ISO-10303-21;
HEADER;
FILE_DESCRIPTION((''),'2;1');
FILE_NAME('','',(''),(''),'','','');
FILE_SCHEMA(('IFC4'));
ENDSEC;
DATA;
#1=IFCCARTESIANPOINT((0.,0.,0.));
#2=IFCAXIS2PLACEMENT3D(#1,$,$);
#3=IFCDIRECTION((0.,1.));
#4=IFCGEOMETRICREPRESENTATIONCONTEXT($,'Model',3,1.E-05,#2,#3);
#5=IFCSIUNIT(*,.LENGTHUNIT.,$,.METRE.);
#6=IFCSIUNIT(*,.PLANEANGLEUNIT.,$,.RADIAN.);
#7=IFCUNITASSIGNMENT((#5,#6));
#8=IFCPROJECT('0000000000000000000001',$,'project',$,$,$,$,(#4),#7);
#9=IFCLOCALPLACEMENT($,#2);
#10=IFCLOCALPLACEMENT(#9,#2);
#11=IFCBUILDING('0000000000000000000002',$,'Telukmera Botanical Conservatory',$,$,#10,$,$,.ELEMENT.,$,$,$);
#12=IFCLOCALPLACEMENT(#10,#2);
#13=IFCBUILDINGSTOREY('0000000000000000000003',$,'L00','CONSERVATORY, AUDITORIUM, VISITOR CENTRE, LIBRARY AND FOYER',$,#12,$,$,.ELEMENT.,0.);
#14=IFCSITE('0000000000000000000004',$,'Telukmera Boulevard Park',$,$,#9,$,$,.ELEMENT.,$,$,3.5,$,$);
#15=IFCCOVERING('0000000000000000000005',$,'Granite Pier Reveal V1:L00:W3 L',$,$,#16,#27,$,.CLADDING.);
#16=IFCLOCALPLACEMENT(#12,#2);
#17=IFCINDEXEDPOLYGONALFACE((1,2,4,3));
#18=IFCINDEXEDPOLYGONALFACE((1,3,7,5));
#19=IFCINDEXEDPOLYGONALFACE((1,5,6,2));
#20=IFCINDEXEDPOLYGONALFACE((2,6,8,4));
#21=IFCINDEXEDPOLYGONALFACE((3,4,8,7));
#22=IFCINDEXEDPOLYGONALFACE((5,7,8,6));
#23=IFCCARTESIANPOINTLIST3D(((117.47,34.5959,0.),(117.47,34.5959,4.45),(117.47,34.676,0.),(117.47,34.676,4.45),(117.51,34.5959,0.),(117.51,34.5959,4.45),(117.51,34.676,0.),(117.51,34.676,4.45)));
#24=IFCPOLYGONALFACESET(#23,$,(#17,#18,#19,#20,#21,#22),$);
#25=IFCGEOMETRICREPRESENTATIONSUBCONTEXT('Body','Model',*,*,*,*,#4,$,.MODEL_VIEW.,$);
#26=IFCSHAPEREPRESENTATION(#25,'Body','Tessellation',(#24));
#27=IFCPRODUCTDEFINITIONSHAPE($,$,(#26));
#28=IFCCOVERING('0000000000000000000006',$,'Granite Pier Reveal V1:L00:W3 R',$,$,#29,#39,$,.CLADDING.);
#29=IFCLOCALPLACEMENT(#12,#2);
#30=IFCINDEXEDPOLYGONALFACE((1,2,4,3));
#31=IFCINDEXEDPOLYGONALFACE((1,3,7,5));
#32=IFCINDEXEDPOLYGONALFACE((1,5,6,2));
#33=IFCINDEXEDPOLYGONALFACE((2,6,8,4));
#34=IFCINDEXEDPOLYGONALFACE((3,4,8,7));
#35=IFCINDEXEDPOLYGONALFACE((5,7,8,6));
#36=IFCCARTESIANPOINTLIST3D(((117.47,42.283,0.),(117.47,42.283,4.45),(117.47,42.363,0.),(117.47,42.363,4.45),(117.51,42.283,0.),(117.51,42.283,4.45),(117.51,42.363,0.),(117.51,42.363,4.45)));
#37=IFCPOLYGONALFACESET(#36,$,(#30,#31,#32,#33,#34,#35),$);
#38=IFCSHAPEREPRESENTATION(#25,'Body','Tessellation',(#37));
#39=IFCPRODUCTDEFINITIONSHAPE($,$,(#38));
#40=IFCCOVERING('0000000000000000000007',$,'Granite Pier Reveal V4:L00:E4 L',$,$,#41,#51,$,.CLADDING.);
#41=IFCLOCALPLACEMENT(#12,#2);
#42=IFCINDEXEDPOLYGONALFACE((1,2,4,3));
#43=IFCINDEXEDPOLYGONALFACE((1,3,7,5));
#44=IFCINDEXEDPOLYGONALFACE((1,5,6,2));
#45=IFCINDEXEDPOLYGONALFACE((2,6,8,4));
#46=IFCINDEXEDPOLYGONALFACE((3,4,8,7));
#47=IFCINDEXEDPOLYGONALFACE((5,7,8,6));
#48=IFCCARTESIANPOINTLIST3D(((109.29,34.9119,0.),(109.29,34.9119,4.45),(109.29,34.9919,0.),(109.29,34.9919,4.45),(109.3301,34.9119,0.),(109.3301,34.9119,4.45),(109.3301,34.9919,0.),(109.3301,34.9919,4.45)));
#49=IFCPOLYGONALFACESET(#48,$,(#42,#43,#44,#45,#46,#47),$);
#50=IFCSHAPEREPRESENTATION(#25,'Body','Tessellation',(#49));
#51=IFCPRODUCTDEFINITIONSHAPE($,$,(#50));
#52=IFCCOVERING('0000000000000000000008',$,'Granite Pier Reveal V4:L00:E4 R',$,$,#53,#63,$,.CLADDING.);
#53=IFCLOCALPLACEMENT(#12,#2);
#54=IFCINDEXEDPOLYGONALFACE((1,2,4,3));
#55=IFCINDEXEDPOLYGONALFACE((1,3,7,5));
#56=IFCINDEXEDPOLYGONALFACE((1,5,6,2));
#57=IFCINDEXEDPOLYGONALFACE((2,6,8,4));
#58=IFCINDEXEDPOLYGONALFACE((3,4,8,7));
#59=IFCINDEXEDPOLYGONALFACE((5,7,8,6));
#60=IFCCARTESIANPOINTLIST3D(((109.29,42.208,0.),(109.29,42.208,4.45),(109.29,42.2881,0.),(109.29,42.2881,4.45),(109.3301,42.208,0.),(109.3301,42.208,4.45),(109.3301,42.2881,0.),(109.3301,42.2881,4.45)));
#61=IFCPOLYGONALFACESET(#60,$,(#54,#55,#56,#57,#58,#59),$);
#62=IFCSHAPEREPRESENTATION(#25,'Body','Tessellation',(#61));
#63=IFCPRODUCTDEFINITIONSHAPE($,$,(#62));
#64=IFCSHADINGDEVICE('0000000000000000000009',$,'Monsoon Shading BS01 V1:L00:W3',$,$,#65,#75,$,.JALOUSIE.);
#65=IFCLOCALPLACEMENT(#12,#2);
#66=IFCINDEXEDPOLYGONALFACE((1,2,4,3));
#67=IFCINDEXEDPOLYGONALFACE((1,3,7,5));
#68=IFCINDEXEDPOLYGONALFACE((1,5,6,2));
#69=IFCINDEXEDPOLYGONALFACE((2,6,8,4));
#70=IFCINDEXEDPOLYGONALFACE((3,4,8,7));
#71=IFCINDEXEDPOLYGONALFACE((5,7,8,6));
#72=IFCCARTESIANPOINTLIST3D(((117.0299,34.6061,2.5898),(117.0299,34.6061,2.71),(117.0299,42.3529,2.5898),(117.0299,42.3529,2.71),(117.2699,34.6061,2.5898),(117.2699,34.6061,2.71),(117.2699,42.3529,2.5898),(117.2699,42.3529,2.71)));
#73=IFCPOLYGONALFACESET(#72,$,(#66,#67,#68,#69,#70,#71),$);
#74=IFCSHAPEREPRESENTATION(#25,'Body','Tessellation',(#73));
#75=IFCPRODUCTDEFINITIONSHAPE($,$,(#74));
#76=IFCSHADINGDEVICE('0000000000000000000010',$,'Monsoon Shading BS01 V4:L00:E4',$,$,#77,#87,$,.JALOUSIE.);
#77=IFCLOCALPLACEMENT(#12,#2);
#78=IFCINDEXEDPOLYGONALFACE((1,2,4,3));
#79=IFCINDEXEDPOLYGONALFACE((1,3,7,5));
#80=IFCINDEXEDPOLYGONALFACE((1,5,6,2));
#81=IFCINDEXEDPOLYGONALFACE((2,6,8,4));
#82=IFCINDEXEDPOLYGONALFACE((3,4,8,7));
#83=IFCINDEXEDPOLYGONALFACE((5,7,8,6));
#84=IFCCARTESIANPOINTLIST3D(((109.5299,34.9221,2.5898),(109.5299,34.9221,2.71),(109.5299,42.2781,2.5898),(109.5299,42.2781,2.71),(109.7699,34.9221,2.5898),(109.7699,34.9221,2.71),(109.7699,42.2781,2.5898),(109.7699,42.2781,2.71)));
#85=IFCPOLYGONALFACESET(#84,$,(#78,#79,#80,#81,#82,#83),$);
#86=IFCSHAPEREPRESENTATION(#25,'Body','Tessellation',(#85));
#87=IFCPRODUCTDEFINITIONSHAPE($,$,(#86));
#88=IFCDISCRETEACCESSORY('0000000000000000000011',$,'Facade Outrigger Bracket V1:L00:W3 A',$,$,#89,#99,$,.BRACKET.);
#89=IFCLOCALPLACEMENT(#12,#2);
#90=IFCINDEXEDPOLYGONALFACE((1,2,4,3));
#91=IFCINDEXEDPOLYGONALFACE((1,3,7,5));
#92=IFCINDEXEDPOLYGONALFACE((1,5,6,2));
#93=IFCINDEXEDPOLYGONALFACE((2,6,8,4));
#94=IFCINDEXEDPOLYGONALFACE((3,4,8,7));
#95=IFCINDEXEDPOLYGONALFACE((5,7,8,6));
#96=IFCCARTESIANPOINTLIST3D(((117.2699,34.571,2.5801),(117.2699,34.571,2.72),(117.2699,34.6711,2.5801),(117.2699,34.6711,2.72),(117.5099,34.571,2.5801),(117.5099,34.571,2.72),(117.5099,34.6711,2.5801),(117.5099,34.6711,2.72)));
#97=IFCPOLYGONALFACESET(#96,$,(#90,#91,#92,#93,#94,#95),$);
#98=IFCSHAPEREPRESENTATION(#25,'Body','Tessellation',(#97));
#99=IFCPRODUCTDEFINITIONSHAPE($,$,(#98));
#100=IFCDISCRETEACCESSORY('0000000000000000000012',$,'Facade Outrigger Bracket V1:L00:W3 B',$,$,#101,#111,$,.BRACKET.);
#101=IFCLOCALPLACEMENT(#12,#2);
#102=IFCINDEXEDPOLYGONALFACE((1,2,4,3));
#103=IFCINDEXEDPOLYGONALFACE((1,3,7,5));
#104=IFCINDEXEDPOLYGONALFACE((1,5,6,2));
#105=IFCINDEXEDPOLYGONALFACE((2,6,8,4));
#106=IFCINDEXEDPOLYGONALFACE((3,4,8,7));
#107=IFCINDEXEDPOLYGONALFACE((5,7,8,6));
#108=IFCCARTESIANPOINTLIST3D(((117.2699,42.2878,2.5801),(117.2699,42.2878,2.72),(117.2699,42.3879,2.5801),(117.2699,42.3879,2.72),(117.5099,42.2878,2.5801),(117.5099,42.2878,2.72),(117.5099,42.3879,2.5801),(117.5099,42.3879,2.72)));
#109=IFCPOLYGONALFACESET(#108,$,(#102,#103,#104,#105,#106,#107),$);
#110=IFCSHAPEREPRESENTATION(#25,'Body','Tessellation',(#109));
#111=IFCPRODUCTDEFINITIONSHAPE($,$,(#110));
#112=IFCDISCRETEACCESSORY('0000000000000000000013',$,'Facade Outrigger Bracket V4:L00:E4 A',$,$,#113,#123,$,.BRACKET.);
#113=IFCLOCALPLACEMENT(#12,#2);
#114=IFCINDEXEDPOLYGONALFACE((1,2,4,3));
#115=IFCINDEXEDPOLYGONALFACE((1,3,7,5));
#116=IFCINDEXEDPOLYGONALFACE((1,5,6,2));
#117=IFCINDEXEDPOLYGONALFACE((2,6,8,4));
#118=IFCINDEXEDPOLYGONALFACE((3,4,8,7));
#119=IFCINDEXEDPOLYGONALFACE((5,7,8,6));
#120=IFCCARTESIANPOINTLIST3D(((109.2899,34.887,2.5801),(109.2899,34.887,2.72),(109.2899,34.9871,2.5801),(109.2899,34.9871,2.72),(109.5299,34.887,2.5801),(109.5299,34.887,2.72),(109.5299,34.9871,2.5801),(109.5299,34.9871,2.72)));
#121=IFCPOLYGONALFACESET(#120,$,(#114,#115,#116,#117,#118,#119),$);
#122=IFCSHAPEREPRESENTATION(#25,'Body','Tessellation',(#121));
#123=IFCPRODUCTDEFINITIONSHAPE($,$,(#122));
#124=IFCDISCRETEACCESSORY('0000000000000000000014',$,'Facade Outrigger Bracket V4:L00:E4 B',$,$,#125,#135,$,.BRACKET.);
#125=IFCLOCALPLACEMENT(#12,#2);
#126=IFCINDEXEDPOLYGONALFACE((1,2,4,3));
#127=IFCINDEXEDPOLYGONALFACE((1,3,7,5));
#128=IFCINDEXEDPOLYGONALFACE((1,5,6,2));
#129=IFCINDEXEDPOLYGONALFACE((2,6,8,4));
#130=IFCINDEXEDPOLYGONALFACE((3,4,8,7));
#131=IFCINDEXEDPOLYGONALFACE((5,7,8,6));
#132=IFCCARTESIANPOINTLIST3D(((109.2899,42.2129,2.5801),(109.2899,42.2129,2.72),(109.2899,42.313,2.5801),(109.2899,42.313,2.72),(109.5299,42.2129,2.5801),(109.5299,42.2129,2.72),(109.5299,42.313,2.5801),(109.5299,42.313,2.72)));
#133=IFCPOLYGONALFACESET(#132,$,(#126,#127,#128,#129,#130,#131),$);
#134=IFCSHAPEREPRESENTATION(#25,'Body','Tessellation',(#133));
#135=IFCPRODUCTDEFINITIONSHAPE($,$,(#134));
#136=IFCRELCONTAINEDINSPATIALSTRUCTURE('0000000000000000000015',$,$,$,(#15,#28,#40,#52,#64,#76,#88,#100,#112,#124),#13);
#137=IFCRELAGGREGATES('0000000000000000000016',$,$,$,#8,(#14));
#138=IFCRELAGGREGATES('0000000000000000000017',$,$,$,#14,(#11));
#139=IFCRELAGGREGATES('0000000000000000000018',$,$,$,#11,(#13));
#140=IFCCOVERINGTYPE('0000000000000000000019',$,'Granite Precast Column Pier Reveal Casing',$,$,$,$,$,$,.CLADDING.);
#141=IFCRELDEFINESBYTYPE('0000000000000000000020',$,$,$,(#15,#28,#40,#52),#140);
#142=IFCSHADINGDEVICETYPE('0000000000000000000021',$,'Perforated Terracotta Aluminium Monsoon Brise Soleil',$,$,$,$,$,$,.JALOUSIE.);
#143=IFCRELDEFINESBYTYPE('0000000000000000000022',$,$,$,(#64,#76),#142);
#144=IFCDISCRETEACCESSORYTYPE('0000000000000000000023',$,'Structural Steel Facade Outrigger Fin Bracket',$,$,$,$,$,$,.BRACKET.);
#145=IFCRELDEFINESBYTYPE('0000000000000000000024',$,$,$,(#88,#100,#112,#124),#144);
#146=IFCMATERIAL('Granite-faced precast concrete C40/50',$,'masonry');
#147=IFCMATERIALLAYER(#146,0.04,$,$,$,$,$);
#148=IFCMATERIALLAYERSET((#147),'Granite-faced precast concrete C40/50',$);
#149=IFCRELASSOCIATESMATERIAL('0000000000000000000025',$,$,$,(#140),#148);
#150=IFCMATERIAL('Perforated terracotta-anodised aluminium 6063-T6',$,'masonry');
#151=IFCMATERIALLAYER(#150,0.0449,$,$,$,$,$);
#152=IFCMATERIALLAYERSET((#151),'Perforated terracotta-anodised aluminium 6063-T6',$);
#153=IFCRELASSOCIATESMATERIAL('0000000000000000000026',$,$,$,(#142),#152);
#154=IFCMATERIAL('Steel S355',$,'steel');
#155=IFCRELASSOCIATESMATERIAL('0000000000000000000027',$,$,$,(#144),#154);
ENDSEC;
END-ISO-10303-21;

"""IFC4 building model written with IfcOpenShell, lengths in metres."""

from ifc_helpers import new_model, si_unit, direction, frame, origin, origin_2d, place, context, subcontext, project, spatial, rectangle, extrude, material, layer, layer_set, type_object, element, save


model = new_model("IFC4")

# Units and contexts
model_context = context("Model", 3, precision=1e-05, world=origin(), true_north=direction((0.0, 1.0)))
body_context = subcontext(model_context, "Body", "Model", "MODEL_VIEW")
ifc_project = project(units=[si_unit("LENGTHUNIT", "METRE"), si_unit("PLANEANGLEUNIT", "RADIAN")], contexts=[model_context])

# Site, building, storey
site_placement = place(None, origin())
site = spatial("IfcSite", under=ifc_project, at=site_placement, Name="Telukmera Boulevard Park", CompositionType="ELEMENT", RefElevation=3.5)
building_placement = place(site_placement, origin())
building = spatial("IfcBuilding", under=site, at=building_placement, Name="Telukmera Botanical Conservatory", CompositionType="ELEMENT")
storey_placement = place(building_placement, origin())
storey = spatial("IfcBuildingStorey", under=building, at=storey_placement, Name="L00", Description="CONSERVATORY, AUDITORIUM, VISITOR CENTRE, LIBRARY AND FOYER", CompositionType="ELEMENT", Elevation=0.0)

# Coverings
ifc_material_1 = material(Name="Granite-faced precast concrete C40/50", Category="masonry")
ifc_layer_1 = layer(ifc_material_1, 0.04)
ifc_layer_set_1 = layer_set([ifc_layer_1], Name="Granite-faced precast concrete C40/50")
covering_type = type_object("IfcCoveringType", Name="Granite Precast Column Pier Reveal Casing", PredefinedType="CLADDING", material=ifc_layer_set_1)
for number, where, z_axis, x_axis, name in (
    (1, (117.49, 34.636, 0.0), (0.0, 0.0, 1.0), (0.0, 1.0, 0.0), "Granite Pier Reveal V1:L00:W3 L"),
    (2, (117.49, 42.323, 0.0), (0.0, 0.0, 1.0), (0.0, 1.0, 0.0), "Granite Pier Reveal V1:L00:W3 R"),
    (3, (109.3101, 34.9519, 0.0), (0.0, 0.0, 1.0), (0.0, 1.0, 0.0), "Granite Pier Reveal V4:L00:E4 L"),
    (4, (109.3101, 42.248, 0.0), (0.0, 0.0, 1.0), (0.0, 1.0, 0.0), "Granite Pier Reveal V4:L00:E4 R"),
):
    element("IfcCovering", number, at=place(storey_placement, frame(where, z_axis=z_axis, x_axis=x_axis)), inside=storey, type_object=covering_type, Name=name, PredefinedType="CLADDING", context=body_context, shape_type="SweptSolid", body=[
        extrude(rectangle(XDim=0.0801, YDim=0.04, at=origin_2d()), origin(), (0.0, 0.0, 1.0), 4.45),
    ])

# Shading devices
ifc_material_2 = material(Name="Perforated terracotta-anodised aluminium 6063-T6", Category="masonry")
ifc_layer_2 = layer(ifc_material_2, 0.0449)
ifc_layer_set_2 = layer_set([ifc_layer_2], Name="Perforated terracotta-anodised aluminium 6063-T6")
shading_device_type = type_object("IfcShadingDeviceType", Name="Perforated Terracotta Aluminium Monsoon Brise Soleil", PredefinedType="JALOUSIE", material=ifc_layer_set_2)
shading_device_1_placement = place(storey_placement, frame((117.1499, 38.4795, 2.5898), z_axis=(0.0, 0.0, 1.0), x_axis=(0.0, 1.0, 0.0)))
element("IfcShadingDevice", 5, at=shading_device_1_placement, inside=storey, type_object=shading_device_type, Name="Monsoon Shading BS01 V1:L00:W3", PredefinedType="JALOUSIE", context=body_context, shape_type="SweptSolid", body=[
    extrude(rectangle(XDim=7.7468, YDim=0.24, at=origin_2d()), origin(), (0.0, 0.0, 1.0), 0.1201),
])
shading_device_2_placement = place(storey_placement, frame((109.6499, 38.6001, 2.5898), z_axis=(0.0, 0.0, 1.0), x_axis=(0.0, 1.0, 0.0)))
element("IfcShadingDevice", 6, at=shading_device_2_placement, inside=storey, type_object=shading_device_type, Name="Monsoon Shading BS01 V4:L00:E4", PredefinedType="JALOUSIE", context=body_context, shape_type="SweptSolid", body=[
    extrude(rectangle(XDim=7.356, YDim=0.24, at=origin_2d()), origin(), (0.0, 0.0, 1.0), 0.1201),
])

# Discrete accessories
ifc_material_3 = material(Name="Steel S355", Category="steel")
discrete_accessory_type = type_object("IfcDiscreteAccessoryType", Name="Structural Steel Facade Outrigger Fin Bracket", PredefinedType="BRACKET", material=ifc_material_3)
for number, where, z_axis, x_axis, name in (
    (7, (117.3899, 34.6211, 2.5801), (0.0, 0.0, 1.0), (0.0, 1.0, 0.0), "Facade Outrigger Bracket V1:L00:W3 A"),
    (8, (117.3899, 42.3379, 2.5801), (0.0, 0.0, 1.0), (0.0, 1.0, 0.0), "Facade Outrigger Bracket V1:L00:W3 B"),
    (9, (109.4099, 34.937, 2.5801), (0.0, 0.0, 1.0), (0.0, 1.0, 0.0), "Facade Outrigger Bracket V4:L00:E4 A"),
    (10, (109.4099, 42.2629, 2.5801), (0.0, 0.0, 1.0), (0.0, 1.0, 0.0), "Facade Outrigger Bracket V4:L00:E4 B"),
):
    element("IfcDiscreteAccessory", number, at=place(storey_placement, frame(where, z_axis=z_axis, x_axis=x_axis)), inside=storey, type_object=discrete_accessory_type, Name=name, PredefinedType="BRACKET", context=body_context, shape_type="SweptSolid", body=[
        extrude(rectangle(XDim=0.1001, YDim=0.24, at=origin_2d()), origin(), (0.0, 0.0, 1.0), 0.1399),
    ])

save(model, "model.ifc")
